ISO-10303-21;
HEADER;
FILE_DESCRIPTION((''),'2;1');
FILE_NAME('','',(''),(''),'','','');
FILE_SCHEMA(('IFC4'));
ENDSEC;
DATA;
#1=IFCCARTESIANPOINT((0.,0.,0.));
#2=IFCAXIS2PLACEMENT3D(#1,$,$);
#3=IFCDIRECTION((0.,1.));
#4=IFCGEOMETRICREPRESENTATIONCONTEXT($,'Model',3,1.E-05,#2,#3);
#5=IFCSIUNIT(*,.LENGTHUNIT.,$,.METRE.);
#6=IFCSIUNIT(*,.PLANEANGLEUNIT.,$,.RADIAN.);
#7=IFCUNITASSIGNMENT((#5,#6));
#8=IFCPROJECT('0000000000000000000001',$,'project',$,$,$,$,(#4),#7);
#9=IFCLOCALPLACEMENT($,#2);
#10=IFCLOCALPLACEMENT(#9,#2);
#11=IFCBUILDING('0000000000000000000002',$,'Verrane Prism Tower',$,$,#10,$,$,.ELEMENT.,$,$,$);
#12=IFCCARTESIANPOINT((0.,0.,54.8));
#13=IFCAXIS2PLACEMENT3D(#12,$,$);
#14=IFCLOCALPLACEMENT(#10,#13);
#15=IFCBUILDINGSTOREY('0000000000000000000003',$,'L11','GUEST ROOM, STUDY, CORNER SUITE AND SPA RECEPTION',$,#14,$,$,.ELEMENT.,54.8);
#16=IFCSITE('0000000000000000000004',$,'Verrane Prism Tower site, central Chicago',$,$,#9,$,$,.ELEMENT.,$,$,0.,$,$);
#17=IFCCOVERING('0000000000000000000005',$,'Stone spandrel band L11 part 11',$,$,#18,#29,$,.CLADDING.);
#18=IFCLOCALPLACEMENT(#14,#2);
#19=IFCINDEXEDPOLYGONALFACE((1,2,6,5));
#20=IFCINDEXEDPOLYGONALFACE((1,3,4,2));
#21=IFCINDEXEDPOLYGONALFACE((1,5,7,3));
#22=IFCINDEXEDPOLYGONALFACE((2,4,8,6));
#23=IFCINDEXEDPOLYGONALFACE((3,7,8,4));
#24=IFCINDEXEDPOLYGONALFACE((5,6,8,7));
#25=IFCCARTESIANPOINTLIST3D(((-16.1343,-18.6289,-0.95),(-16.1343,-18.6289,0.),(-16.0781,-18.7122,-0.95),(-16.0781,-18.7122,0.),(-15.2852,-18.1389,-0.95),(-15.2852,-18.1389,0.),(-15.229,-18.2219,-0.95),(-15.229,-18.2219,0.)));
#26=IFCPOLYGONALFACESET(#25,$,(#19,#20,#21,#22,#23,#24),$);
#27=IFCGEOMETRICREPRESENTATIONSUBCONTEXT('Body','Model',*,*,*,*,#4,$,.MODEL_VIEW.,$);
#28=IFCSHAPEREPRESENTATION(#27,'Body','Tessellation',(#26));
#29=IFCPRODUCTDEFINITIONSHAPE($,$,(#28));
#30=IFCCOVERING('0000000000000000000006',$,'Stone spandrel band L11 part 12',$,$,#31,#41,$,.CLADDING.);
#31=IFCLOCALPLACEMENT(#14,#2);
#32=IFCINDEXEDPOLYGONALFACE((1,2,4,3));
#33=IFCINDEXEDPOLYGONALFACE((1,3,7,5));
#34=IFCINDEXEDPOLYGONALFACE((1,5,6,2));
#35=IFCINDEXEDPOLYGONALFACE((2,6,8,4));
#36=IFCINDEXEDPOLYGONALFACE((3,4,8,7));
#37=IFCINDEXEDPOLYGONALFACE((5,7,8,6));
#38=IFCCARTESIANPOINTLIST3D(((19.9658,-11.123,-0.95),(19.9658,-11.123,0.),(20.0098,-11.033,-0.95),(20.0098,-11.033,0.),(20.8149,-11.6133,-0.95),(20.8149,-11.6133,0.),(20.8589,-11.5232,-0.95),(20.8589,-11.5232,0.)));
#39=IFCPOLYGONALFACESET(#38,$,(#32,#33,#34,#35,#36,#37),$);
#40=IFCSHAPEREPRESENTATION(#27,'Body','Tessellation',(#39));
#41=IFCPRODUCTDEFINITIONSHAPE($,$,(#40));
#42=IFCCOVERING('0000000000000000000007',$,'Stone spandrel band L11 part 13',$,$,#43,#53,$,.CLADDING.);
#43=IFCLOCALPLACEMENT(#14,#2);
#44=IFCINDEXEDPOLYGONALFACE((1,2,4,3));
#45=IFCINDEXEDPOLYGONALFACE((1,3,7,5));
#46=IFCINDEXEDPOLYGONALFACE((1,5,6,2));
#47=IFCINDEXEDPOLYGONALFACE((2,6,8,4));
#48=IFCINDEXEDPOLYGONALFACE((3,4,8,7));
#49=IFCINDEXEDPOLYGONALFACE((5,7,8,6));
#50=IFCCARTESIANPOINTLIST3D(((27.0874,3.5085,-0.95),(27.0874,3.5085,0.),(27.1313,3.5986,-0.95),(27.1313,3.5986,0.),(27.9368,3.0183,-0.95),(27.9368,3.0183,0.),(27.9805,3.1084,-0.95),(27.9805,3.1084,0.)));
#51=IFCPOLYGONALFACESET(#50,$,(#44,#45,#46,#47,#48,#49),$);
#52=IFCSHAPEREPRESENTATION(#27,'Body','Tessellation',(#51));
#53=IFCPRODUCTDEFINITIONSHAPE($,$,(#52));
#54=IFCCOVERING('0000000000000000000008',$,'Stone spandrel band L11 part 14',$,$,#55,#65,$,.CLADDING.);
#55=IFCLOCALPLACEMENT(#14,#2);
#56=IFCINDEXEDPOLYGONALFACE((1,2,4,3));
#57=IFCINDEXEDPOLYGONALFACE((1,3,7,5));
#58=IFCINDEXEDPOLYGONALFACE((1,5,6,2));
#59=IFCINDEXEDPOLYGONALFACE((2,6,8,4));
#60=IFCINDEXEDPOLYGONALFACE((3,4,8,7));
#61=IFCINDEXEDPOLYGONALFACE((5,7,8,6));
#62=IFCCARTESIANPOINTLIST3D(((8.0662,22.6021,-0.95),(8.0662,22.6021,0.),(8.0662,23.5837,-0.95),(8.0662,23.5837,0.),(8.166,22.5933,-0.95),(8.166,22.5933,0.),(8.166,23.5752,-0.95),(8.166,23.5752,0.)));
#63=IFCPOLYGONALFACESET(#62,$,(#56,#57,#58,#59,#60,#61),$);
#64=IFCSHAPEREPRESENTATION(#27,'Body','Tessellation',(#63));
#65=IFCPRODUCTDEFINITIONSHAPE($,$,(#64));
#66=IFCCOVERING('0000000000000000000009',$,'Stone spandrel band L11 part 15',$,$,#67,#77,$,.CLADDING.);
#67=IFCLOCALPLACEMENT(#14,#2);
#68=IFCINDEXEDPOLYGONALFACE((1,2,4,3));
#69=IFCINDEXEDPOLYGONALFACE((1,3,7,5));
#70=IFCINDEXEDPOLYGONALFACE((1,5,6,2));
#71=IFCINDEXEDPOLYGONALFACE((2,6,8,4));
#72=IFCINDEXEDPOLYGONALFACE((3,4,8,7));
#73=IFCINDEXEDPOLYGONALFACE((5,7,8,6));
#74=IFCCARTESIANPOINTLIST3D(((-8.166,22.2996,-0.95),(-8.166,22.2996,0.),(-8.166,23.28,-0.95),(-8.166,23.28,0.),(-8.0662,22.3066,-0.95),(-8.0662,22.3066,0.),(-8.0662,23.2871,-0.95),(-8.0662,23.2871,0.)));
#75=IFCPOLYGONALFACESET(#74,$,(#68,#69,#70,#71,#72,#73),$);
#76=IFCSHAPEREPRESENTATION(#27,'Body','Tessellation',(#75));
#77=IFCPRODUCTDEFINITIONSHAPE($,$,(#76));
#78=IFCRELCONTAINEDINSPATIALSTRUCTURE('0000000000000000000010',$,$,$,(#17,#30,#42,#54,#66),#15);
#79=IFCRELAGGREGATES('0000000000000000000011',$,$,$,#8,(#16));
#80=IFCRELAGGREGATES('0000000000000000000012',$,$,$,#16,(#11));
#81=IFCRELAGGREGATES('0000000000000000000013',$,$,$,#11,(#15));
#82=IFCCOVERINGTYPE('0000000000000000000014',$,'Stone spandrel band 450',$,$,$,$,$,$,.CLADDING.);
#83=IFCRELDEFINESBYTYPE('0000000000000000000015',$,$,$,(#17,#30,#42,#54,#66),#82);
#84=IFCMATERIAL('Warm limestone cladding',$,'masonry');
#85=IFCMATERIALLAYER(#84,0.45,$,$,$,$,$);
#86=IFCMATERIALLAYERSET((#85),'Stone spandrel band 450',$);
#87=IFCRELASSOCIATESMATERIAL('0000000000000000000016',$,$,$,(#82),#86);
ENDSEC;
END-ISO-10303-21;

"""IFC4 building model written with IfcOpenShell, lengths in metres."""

from ifc_helpers import new_model, si_unit, direction, frame, origin, place, context, subcontext, project, spatial, polyline, outline, extrude, material, layer, layer_set, type_object, element, save


model = new_model("IFC4")

# Units and contexts
model_context = context("Model", 3, precision=1e-05, world=origin(), true_north=direction((0.0, 1.0)))
body_context = subcontext(model_context, "Body", "Model", "MODEL_VIEW")
ifc_project = project(units=[si_unit("LENGTHUNIT", "METRE"), si_unit("PLANEANGLEUNIT", "RADIAN")], contexts=[model_context])

# Site, building, storey
site_placement = place(None, origin())
site = spatial("IfcSite", under=ifc_project, at=site_placement, Name="Verrane Prism Tower site, central Chicago", CompositionType="ELEMENT", RefElevation=0.0)
building_placement = place(site_placement, origin())
building = spatial("IfcBuilding", under=site, at=building_placement, Name="Verrane Prism Tower", CompositionType="ELEMENT")
storey_placement = place(building_placement, frame((0.0, 0.0, 54.8)))
storey = spatial("IfcBuildingStorey", under=building, at=storey_placement, Name="L11", Description="GUEST ROOM, STUDY, CORNER SUITE AND SPA RECEPTION", CompositionType="ELEMENT", Elevation=54.8)

# Coverings
ifc_material_1 = material(Name="Warm limestone cladding", Category="masonry")
ifc_layer_1 = layer(ifc_material_1, 0.45)
ifc_layer_set_1 = layer_set([ifc_layer_1], Name="Stone spandrel band 450")
covering_type_1 = type_object("IfcCoveringType", Name="Stone spandrel band 450", PredefinedType="CLADDING", material=ifc_layer_set_1)
covering_1_placement = place(storey_placement, frame((0.0, 0.0, -0.95)))
element("IfcCovering", 1, at=covering_1_placement, inside=storey, type_object=covering_type_1, Name="Stone spandrel band L11 part 11", PredefinedType="CLADDING", context=body_context, shape_type="SweptSolid", body=[
    extrude(outline(polyline([(-15.2852, -18.1389), (-16.1343, -18.6289), (-16.0781, -18.7122), (-15.229, -18.2219), (-15.2852, -18.1389)])), origin(), (0.0, 0.0, 1.0), 0.95),
])
covering_2_placement = place(storey_placement, frame((0.0, 0.0, -0.95)))
element("IfcCovering", 2, at=covering_2_placement, inside=storey, type_object=covering_type_1, Name="Stone spandrel band L11 part 12", PredefinedType="CLADDING", context=body_context, shape_type="SweptSolid", body=[
    extrude(outline(polyline([(20.8149, -11.6133), (20.8589, -11.5232), (20.0098, -11.033), (19.9658, -11.123), (20.8149, -11.6133)])), origin(), (0.0, 0.0, 1.0), 0.95),
])
covering_3_placement = place(storey_placement, frame((0.0, 0.0, -0.95)))
element("IfcCovering", 3, at=covering_3_placement, inside=storey, type_object=covering_type_1, Name="Stone spandrel band L11 part 13", PredefinedType="CLADDING", context=body_context, shape_type="SweptSolid", body=[
    extrude(outline(polyline([(27.0874, 3.5085), (27.9368, 3.0183), (27.9805, 3.1084), (27.1313, 3.5986), (27.0874, 3.5085)])), origin(), (0.0, 0.0, 1.0), 0.95),
])
covering_4_placement = place(storey_placement, frame((0.0, 0.0, -0.95)))
element("IfcCovering", 4, at=covering_4_placement, inside=storey, type_object=covering_type_1, Name="Stone spandrel band L11 part 14", PredefinedType="CLADDING", context=body_context, shape_type="SweptSolid", body=[
    extrude(outline(polyline([(8.0662, 23.5837), (8.0662, 22.6021), (8.166, 22.5933), (8.166, 23.5752), (8.0662, 23.5837)])), origin(), (0.0, 0.0, 1.0), 0.95),
])
covering_5_placement = place(storey_placement, frame((0.0, 0.0, -0.95)))
element("IfcCovering", 5, at=covering_5_placement, inside=storey, type_object=covering_type_1, Name="Stone spandrel band L11 part 15", PredefinedType="CLADDING", context=body_context, shape_type="SweptSolid", body=[
    extrude(outline(polyline([(-8.0662, 22.3066), (-8.0662, 23.2871), (-8.166, 23.28), (-8.166, 22.2996), (-8.0662, 22.3066)])), origin(), (0.0, 0.0, 1.0), 0.95),
])

save(model, "model.ifc")
